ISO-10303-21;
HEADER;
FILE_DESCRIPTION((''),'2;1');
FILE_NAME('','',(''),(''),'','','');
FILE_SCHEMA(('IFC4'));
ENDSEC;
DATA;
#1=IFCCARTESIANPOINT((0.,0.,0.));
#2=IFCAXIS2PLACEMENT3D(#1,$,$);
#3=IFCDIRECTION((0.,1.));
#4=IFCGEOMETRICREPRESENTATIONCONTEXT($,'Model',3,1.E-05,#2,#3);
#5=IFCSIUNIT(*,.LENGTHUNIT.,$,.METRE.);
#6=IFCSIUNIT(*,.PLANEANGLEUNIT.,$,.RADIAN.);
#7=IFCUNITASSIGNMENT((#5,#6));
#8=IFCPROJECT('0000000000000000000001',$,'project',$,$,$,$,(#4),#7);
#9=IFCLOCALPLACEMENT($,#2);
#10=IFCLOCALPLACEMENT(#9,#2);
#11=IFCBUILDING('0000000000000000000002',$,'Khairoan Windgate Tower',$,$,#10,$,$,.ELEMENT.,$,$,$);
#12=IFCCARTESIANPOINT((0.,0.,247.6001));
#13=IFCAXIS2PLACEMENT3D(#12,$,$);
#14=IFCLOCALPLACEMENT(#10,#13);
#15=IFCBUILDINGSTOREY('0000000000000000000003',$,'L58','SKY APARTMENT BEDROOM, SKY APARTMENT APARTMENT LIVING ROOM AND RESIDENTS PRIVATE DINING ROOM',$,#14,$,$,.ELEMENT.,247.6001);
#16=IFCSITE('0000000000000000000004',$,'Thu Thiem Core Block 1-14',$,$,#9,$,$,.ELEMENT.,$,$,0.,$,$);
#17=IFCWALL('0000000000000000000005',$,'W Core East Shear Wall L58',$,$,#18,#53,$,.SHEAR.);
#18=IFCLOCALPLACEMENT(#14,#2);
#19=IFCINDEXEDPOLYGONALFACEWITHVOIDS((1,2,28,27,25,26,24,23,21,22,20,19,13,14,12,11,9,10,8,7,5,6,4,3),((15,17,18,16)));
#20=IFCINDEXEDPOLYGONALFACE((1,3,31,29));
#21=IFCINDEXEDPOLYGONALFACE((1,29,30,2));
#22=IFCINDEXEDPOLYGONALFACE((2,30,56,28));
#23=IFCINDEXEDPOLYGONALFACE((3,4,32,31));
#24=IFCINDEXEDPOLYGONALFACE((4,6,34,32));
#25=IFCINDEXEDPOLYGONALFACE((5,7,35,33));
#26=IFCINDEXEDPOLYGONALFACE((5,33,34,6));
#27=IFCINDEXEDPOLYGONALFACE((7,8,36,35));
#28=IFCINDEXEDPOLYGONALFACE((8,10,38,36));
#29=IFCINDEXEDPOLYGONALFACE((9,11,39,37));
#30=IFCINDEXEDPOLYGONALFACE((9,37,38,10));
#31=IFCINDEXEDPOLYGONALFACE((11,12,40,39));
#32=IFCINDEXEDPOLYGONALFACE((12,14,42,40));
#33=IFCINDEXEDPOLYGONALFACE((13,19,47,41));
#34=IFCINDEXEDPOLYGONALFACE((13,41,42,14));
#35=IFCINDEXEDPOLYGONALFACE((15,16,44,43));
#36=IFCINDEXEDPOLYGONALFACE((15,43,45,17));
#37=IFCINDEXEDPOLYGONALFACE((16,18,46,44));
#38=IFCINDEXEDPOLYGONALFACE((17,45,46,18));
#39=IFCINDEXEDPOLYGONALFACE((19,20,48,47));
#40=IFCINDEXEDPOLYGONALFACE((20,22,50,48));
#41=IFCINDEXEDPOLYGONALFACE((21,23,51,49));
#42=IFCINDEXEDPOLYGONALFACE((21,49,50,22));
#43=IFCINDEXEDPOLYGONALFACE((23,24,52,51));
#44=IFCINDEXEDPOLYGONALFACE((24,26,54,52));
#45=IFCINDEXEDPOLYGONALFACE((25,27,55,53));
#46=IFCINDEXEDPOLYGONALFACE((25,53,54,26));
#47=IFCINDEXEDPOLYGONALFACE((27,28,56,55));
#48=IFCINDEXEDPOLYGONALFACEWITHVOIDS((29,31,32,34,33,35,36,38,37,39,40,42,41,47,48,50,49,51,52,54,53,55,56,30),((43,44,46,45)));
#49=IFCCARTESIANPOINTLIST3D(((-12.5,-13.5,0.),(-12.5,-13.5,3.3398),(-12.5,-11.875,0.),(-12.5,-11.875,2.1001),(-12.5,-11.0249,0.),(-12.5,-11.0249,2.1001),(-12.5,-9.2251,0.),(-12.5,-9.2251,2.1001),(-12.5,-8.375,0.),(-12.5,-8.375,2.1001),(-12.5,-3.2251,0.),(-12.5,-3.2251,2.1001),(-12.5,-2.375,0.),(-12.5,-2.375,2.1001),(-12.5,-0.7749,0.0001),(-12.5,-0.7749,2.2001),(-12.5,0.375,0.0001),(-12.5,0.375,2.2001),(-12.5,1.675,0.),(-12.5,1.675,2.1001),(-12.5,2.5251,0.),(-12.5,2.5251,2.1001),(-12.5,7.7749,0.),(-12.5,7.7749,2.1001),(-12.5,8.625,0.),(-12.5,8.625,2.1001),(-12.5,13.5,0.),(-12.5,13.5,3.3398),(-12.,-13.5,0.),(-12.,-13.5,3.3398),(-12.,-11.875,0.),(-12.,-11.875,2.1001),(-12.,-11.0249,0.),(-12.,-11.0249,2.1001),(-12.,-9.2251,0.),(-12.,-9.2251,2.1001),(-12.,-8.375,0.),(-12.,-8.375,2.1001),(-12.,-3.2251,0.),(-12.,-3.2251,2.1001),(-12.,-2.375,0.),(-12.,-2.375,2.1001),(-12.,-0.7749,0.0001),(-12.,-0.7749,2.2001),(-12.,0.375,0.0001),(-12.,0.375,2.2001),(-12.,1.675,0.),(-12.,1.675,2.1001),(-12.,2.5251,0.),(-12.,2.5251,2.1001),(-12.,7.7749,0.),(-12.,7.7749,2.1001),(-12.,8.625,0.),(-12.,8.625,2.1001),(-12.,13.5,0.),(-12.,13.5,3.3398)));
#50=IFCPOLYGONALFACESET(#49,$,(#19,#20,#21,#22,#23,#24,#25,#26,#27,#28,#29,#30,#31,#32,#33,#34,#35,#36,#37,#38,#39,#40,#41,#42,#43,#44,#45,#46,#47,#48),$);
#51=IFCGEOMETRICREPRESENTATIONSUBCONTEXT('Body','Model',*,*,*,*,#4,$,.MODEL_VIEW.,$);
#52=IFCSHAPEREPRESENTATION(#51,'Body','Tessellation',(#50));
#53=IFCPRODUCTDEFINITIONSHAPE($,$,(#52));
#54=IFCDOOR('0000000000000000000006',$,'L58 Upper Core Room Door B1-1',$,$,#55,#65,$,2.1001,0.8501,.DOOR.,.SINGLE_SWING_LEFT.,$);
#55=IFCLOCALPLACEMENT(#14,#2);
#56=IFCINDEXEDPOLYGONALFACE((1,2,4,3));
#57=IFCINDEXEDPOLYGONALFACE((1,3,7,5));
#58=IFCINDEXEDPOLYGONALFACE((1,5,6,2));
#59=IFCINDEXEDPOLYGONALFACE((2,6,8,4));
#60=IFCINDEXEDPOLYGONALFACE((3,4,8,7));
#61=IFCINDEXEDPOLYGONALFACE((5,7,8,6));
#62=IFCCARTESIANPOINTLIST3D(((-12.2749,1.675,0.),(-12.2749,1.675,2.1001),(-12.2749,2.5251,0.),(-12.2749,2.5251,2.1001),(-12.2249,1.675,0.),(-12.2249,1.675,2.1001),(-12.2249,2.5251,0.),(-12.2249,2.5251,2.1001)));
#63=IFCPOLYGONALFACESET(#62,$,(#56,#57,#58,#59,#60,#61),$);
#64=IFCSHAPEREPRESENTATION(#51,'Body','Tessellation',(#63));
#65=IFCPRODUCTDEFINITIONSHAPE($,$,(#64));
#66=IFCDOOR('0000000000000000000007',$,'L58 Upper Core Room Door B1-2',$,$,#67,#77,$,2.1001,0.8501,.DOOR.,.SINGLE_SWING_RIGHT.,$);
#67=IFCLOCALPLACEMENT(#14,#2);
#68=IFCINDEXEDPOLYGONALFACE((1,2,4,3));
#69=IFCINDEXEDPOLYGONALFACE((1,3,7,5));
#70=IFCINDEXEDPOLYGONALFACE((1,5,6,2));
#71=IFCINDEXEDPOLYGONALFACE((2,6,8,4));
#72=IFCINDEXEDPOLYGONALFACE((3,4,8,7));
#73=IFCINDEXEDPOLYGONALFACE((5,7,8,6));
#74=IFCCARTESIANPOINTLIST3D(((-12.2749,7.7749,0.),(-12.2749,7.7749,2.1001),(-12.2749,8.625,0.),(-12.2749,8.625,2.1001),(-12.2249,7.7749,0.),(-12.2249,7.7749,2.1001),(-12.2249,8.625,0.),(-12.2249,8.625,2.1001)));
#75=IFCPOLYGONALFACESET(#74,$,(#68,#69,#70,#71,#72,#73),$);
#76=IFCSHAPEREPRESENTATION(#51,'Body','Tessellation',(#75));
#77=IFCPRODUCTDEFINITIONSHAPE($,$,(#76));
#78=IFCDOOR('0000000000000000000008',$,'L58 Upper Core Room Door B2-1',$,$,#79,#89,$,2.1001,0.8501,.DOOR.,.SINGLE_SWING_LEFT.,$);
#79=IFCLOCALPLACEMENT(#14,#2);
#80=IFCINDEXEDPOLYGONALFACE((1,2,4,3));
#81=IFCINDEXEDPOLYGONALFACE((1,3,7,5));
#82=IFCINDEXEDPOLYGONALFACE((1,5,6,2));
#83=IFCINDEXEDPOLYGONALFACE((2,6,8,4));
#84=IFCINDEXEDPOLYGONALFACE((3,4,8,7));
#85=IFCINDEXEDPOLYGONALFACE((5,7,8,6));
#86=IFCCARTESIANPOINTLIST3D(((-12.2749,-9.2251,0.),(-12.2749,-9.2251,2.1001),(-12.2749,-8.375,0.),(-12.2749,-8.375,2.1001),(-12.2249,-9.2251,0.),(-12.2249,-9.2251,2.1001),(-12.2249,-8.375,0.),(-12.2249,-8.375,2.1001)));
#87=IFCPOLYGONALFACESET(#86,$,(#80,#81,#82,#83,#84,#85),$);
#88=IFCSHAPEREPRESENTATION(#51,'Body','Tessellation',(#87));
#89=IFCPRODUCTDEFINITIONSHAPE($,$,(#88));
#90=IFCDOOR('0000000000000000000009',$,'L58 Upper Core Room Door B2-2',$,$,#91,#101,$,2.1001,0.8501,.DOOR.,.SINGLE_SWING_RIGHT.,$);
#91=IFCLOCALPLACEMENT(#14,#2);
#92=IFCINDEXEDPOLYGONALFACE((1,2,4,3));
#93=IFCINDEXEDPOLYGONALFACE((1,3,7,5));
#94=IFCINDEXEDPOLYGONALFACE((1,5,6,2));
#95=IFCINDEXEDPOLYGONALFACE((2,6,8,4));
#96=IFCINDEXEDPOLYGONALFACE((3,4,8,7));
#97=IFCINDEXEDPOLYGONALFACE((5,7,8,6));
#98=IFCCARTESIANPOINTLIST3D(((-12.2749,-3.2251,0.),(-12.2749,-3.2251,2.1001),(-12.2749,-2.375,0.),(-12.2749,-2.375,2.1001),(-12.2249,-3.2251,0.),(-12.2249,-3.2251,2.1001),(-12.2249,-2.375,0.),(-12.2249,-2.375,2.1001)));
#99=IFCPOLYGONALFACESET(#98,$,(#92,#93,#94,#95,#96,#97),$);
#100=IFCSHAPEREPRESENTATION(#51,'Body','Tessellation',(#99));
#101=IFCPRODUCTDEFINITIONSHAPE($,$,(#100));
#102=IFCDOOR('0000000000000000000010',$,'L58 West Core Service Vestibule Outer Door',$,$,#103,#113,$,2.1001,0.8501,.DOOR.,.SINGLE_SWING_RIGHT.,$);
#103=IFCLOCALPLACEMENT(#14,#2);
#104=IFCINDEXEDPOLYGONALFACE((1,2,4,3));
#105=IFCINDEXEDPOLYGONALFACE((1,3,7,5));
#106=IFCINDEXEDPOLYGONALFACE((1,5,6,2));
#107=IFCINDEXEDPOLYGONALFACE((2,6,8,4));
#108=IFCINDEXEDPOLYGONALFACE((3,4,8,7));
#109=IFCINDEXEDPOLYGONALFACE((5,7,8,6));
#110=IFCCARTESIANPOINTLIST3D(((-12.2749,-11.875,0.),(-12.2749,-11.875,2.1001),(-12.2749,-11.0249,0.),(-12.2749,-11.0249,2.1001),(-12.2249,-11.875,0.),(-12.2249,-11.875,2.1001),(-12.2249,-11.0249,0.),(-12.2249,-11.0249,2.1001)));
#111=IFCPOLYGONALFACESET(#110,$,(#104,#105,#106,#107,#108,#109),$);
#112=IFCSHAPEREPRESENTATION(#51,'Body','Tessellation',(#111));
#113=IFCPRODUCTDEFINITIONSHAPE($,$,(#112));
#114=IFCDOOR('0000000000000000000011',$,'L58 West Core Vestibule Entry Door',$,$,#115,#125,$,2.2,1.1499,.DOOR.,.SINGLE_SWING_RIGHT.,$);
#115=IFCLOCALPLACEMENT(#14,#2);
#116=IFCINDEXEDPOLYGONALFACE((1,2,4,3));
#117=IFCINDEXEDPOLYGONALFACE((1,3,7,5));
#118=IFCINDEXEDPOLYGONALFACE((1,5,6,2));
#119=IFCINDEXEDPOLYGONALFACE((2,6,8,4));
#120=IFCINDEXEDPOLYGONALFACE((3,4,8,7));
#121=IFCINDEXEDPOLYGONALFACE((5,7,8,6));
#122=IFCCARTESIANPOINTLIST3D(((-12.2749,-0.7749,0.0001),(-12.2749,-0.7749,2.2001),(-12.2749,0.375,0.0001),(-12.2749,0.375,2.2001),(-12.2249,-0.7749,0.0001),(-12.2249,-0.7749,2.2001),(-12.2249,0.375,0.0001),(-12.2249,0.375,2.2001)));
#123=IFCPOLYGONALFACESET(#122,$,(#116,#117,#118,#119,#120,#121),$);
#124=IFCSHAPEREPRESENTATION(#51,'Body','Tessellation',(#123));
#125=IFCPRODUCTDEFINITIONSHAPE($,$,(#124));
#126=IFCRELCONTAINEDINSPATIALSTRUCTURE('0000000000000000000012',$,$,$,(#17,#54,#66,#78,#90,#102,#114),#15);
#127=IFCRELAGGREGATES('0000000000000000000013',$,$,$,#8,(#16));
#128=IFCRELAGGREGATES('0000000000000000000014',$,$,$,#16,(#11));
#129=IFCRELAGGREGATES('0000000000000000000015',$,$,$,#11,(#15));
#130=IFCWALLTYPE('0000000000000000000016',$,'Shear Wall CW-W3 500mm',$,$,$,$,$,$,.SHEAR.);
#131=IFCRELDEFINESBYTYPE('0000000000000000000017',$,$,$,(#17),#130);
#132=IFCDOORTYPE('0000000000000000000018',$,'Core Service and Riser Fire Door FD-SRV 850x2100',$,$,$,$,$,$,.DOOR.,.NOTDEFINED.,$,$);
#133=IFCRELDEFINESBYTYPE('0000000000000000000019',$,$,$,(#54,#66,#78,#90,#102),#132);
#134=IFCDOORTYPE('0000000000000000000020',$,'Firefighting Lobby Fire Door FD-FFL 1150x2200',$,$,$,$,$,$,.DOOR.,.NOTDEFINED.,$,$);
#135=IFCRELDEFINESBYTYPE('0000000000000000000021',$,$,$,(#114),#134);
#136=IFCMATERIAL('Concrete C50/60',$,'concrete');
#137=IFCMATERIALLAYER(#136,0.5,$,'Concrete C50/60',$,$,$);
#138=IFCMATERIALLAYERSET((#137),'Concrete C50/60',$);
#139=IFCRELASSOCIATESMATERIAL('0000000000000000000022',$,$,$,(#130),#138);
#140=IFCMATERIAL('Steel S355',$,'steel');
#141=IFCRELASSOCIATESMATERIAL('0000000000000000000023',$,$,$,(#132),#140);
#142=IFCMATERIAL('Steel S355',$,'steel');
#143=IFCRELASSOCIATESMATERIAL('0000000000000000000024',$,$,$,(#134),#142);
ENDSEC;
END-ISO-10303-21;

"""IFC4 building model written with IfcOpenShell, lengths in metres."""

from ifc_helpers import new_model, si_unit, direction, frame, frame_2d, origin, place, context, subcontext, project, spatial, rectangle, extrude, material, layer, layer_set, type_object, element, fill, save


model = new_model("IFC4")

# Units and contexts
model_context = context("Model", 3, precision=1e-05, world=origin(), true_north=direction((0.0, 1.0)))
body_context = subcontext(model_context, "Body", "Model", "MODEL_VIEW")
ifc_project = project(units=[si_unit("LENGTHUNIT", "METRE"), si_unit("PLANEANGLEUNIT", "RADIAN")], contexts=[model_context])

# Site, building, storey
site_placement = place(None, origin())
site = spatial("IfcSite", under=ifc_project, at=site_placement, Name="Thu Thiem Core Block 1-14", CompositionType="ELEMENT", RefElevation=0.0)
building_placement = place(site_placement, origin())
building = spatial("IfcBuilding", under=site, at=building_placement, Name="Khairoan Windgate Tower", CompositionType="ELEMENT")
storey_placement = place(building_placement, frame((0.0, 0.0, 247.6001)))
storey = spatial("IfcBuildingStorey", under=building, at=storey_placement, Name="L58", Description="SKY APARTMENT BEDROOM, SKY APARTMENT APARTMENT LIVING ROOM AND RESIDENTS PRIVATE DINING ROOM", CompositionType="ELEMENT", Elevation=247.6001)

# Wall, openings, doors
ifc_material_1 = material(Name="Concrete C50/60", Category="concrete")
ifc_layer_1 = layer(ifc_material_1, 0.5, Name="Concrete C50/60")
ifc_layer_set_1 = layer_set([ifc_layer_1], Name="Concrete C50/60")
wall_type_1 = type_object("IfcWallType", Name="Shear Wall CW-W3 500mm", PredefinedType="SHEAR", material=ifc_layer_set_1)
wall_1_placement = place(storey_placement, frame((-12.25, -13.5, 0.0), z_axis=(0.0, 0.0, 1.0), x_axis=(0.0, 1.0, 0.0)))
wall_1 = element("IfcWall", 1, at=wall_1_placement, inside=storey, type_object=wall_type_1, Name="W Core East Shear Wall L58", PredefinedType="SHEAR", context=body_context, shape_type="SweptSolid", body=[
    extrude(rectangle(XDim=27.0, YDim=0.5, at=frame_2d((13.5, 0.0))), origin(), (0.0, 0.0, 1.0), 3.3398),
])
opening_1_placement = place(wall_1_placement, frame((15.175, 0.0, 0.0)))
opening_1 = element("IfcOpeningElement", 2, at=opening_1_placement, cuts=wall_1, PredefinedType="OPENING", context=body_context, shape_type="SweptSolid", body=[
    extrude(rectangle(XDim=0.8501, YDim=2.1001, at=frame_2d((0.425, 1.05))), frame((0.0, 0.26, 0.0), z_axis=(0.0, -1.0, 0.0), x_axis=(1.0, 0.0, 0.0)), (0.0, 0.0, 1.0), 0.52),
])
opening_2_placement = place(wall_1_placement, frame((21.2749, 0.0, 0.0)))
opening_2 = element("IfcOpeningElement", 3, at=opening_2_placement, cuts=wall_1, PredefinedType="OPENING", context=body_context, shape_type="SweptSolid", body=[
    extrude(rectangle(XDim=0.8501, YDim=2.1001, at=frame_2d((0.425, 1.05))), frame((0.0, 0.26, 0.0), z_axis=(0.0, -1.0, 0.0), x_axis=(1.0, 0.0, 0.0)), (0.0, 0.0, 1.0), 0.52),
])
opening_3_placement = place(wall_1_placement, frame((4.2749, 0.0, 0.0)))
opening_3 = element("IfcOpeningElement", 4, at=opening_3_placement, cuts=wall_1, PredefinedType="OPENING", context=body_context, shape_type="SweptSolid", body=[
    extrude(rectangle(XDim=0.8501, YDim=2.1001, at=frame_2d((0.425, 1.05))), frame((0.0, 0.26, 0.0), z_axis=(0.0, -1.0, 0.0), x_axis=(1.0, 0.0, 0.0)), (0.0, 0.0, 1.0), 0.52),
])
opening_4_placement = place(wall_1_placement, frame((10.2749, 0.0, 0.0)))
opening_4 = element("IfcOpeningElement", 5, at=opening_4_placement, cuts=wall_1, PredefinedType="OPENING", context=body_context, shape_type="SweptSolid", body=[
    extrude(rectangle(XDim=0.8501, YDim=2.1001, at=frame_2d((0.425, 1.05))), frame((0.0, 0.26, 0.0), z_axis=(0.0, -1.0, 0.0), x_axis=(1.0, 0.0, 0.0)), (0.0, 0.0, 1.0), 0.52),
])
opening_5_placement = place(wall_1_placement, frame((12.7251, 0.0, 0.0)))
opening_5 = element("IfcOpeningElement", 6, at=opening_5_placement, cuts=wall_1, PredefinedType="OPENING", context=body_context, shape_type="SweptSolid", body=[
    extrude(rectangle(XDim=1.1499, YDim=2.2, at=frame_2d((0.575, 1.1001))), frame((0.0, 0.26, 0.0), z_axis=(0.0, -1.0, 0.0), x_axis=(1.0, 0.0, 0.0)), (0.0, 0.0, 1.0), 0.52),
])
opening_6_placement = place(wall_1_placement, frame((1.625, 0.0, 0.0)))
opening_6 = element("IfcOpeningElement", 7, at=opening_6_placement, cuts=wall_1, PredefinedType="OPENING", context=body_context, shape_type="SweptSolid", body=[
    extrude(rectangle(XDim=0.8501, YDim=2.1001, at=frame_2d((0.425, 1.05))), frame((0.0, 0.26, 0.0), z_axis=(0.0, -1.0, 0.0), x_axis=(1.0, 0.0, 0.0)), (0.0, 0.0, 1.0), 0.52),
])
ifc_material_2 = material(Name="Steel S355", Category="steel")
door_type_1 = type_object("IfcDoorType", Name="Core Service and Riser Fire Door FD-SRV 850x2100", OperationType="NOTDEFINED", PredefinedType="DOOR", material=ifc_material_2)
door_1_placement = place(opening_1_placement, origin())
door_1 = element("IfcDoor", 8, at=door_1_placement, inside=storey, type_object=door_type_1, Name="L58 Upper Core Room Door B1-1", OperationType="SINGLE_SWING_LEFT", OverallHeight=2.1001, OverallWidth=0.8501, PredefinedType="DOOR", context=body_context, shape_type="SweptSolid", body=[
    extrude(rectangle(XDim=0.8501, YDim=2.1001, at=frame_2d((0.425, 1.05))), frame((0.0, 0.0249, 0.0), z_axis=(0.0, -1.0, 0.0), x_axis=(1.0, 0.0, 0.0)), (0.0, 0.0, 1.0), 0.05),
])
fill(opening_1, door_1)
door_2_placement = place(opening_2_placement, origin())
door_2 = element("IfcDoor", 9, at=door_2_placement, inside=storey, type_object=door_type_1, Name="L58 Upper Core Room Door B1-2", OperationType="SINGLE_SWING_RIGHT", OverallHeight=2.1001, OverallWidth=0.8501, PredefinedType="DOOR", context=body_context, shape_type="SweptSolid", body=[
    extrude(rectangle(XDim=0.8501, YDim=2.1001, at=frame_2d((0.425, 1.05))), frame((0.0, 0.0249, 0.0), z_axis=(0.0, -1.0, 0.0), x_axis=(1.0, 0.0, 0.0)), (0.0, 0.0, 1.0), 0.05),
])
fill(opening_2, door_2)
door_3_placement = place(opening_3_placement, origin())
door_3 = element("IfcDoor", 10, at=door_3_placement, inside=storey, type_object=door_type_1, Name="L58 Upper Core Room Door B2-1", OperationType="SINGLE_SWING_LEFT", OverallHeight=2.1001, OverallWidth=0.8501, PredefinedType="DOOR", context=body_context, shape_type="SweptSolid", body=[
    extrude(rectangle(XDim=0.8501, YDim=2.1001, at=frame_2d((0.425, 1.05))), frame((0.0, 0.0249, 0.0), z_axis=(0.0, -1.0, 0.0), x_axis=(1.0, 0.0, 0.0)), (0.0, 0.0, 1.0), 0.05),
])
fill(opening_3, door_3)
door_4_placement = place(opening_4_placement, origin())
door_4 = element("IfcDoor", 11, at=door_4_placement, inside=storey, type_object=door_type_1, Name="L58 Upper Core Room Door B2-2", OperationType="SINGLE_SWING_RIGHT", OverallHeight=2.1001, OverallWidth=0.8501, PredefinedType="DOOR", context=body_context, shape_type="SweptSolid", body=[
    extrude(rectangle(XDim=0.8501, YDim=2.1001, at=frame_2d((0.425, 1.05))), frame((0.0, 0.0249, 0.0), z_axis=(0.0, -1.0, 0.0), x_axis=(1.0, 0.0, 0.0)), (0.0, 0.0, 1.0), 0.05),
])
fill(opening_4, door_4)
door_5_placement = place(opening_6_placement, origin())
door_5 = element("IfcDoor", 12, at=door_5_placement, inside=storey, type_object=door_type_1, Name="L58 West Core Service Vestibule Outer Door", OperationType="SINGLE_SWING_RIGHT", OverallHeight=2.1001, OverallWidth=0.8501, PredefinedType="DOOR", context=body_context, shape_type="SweptSolid", body=[
    extrude(rectangle(XDim=0.8501, YDim=2.1001, at=frame_2d((0.425, 1.05))), frame((0.0, 0.0249, 0.0), z_axis=(0.0, -1.0, 0.0), x_axis=(1.0, 0.0, 0.0)), (0.0, 0.0, 1.0), 0.05),
])
fill(opening_6, door_5)
ifc_material_3 = material(Name="Steel S355", Category="steel")
door_type_2 = type_object("IfcDoorType", Name="Firefighting Lobby Fire Door FD-FFL 1150x2200", OperationType="NOTDEFINED", PredefinedType="DOOR", material=ifc_material_3)
door_6_placement = place(opening_5_placement, origin())
door_6 = element("IfcDoor", 13, at=door_6_placement, inside=storey, type_object=door_type_2, Name="L58 West Core Vestibule Entry Door", OperationType="SINGLE_SWING_RIGHT", OverallHeight=2.2, OverallWidth=1.1499, PredefinedType="DOOR", context=body_context, shape_type="SweptSolid", body=[
    extrude(rectangle(XDim=1.1499, YDim=2.2, at=frame_2d((0.575, 1.1001))), frame((0.0, 0.0249, 0.0), z_axis=(0.0, -1.0, 0.0), x_axis=(1.0, 0.0, 0.0)), (0.0, 0.0, 1.0), 0.05),
])
fill(opening_5, door_6)

save(model, "model.ifc")
